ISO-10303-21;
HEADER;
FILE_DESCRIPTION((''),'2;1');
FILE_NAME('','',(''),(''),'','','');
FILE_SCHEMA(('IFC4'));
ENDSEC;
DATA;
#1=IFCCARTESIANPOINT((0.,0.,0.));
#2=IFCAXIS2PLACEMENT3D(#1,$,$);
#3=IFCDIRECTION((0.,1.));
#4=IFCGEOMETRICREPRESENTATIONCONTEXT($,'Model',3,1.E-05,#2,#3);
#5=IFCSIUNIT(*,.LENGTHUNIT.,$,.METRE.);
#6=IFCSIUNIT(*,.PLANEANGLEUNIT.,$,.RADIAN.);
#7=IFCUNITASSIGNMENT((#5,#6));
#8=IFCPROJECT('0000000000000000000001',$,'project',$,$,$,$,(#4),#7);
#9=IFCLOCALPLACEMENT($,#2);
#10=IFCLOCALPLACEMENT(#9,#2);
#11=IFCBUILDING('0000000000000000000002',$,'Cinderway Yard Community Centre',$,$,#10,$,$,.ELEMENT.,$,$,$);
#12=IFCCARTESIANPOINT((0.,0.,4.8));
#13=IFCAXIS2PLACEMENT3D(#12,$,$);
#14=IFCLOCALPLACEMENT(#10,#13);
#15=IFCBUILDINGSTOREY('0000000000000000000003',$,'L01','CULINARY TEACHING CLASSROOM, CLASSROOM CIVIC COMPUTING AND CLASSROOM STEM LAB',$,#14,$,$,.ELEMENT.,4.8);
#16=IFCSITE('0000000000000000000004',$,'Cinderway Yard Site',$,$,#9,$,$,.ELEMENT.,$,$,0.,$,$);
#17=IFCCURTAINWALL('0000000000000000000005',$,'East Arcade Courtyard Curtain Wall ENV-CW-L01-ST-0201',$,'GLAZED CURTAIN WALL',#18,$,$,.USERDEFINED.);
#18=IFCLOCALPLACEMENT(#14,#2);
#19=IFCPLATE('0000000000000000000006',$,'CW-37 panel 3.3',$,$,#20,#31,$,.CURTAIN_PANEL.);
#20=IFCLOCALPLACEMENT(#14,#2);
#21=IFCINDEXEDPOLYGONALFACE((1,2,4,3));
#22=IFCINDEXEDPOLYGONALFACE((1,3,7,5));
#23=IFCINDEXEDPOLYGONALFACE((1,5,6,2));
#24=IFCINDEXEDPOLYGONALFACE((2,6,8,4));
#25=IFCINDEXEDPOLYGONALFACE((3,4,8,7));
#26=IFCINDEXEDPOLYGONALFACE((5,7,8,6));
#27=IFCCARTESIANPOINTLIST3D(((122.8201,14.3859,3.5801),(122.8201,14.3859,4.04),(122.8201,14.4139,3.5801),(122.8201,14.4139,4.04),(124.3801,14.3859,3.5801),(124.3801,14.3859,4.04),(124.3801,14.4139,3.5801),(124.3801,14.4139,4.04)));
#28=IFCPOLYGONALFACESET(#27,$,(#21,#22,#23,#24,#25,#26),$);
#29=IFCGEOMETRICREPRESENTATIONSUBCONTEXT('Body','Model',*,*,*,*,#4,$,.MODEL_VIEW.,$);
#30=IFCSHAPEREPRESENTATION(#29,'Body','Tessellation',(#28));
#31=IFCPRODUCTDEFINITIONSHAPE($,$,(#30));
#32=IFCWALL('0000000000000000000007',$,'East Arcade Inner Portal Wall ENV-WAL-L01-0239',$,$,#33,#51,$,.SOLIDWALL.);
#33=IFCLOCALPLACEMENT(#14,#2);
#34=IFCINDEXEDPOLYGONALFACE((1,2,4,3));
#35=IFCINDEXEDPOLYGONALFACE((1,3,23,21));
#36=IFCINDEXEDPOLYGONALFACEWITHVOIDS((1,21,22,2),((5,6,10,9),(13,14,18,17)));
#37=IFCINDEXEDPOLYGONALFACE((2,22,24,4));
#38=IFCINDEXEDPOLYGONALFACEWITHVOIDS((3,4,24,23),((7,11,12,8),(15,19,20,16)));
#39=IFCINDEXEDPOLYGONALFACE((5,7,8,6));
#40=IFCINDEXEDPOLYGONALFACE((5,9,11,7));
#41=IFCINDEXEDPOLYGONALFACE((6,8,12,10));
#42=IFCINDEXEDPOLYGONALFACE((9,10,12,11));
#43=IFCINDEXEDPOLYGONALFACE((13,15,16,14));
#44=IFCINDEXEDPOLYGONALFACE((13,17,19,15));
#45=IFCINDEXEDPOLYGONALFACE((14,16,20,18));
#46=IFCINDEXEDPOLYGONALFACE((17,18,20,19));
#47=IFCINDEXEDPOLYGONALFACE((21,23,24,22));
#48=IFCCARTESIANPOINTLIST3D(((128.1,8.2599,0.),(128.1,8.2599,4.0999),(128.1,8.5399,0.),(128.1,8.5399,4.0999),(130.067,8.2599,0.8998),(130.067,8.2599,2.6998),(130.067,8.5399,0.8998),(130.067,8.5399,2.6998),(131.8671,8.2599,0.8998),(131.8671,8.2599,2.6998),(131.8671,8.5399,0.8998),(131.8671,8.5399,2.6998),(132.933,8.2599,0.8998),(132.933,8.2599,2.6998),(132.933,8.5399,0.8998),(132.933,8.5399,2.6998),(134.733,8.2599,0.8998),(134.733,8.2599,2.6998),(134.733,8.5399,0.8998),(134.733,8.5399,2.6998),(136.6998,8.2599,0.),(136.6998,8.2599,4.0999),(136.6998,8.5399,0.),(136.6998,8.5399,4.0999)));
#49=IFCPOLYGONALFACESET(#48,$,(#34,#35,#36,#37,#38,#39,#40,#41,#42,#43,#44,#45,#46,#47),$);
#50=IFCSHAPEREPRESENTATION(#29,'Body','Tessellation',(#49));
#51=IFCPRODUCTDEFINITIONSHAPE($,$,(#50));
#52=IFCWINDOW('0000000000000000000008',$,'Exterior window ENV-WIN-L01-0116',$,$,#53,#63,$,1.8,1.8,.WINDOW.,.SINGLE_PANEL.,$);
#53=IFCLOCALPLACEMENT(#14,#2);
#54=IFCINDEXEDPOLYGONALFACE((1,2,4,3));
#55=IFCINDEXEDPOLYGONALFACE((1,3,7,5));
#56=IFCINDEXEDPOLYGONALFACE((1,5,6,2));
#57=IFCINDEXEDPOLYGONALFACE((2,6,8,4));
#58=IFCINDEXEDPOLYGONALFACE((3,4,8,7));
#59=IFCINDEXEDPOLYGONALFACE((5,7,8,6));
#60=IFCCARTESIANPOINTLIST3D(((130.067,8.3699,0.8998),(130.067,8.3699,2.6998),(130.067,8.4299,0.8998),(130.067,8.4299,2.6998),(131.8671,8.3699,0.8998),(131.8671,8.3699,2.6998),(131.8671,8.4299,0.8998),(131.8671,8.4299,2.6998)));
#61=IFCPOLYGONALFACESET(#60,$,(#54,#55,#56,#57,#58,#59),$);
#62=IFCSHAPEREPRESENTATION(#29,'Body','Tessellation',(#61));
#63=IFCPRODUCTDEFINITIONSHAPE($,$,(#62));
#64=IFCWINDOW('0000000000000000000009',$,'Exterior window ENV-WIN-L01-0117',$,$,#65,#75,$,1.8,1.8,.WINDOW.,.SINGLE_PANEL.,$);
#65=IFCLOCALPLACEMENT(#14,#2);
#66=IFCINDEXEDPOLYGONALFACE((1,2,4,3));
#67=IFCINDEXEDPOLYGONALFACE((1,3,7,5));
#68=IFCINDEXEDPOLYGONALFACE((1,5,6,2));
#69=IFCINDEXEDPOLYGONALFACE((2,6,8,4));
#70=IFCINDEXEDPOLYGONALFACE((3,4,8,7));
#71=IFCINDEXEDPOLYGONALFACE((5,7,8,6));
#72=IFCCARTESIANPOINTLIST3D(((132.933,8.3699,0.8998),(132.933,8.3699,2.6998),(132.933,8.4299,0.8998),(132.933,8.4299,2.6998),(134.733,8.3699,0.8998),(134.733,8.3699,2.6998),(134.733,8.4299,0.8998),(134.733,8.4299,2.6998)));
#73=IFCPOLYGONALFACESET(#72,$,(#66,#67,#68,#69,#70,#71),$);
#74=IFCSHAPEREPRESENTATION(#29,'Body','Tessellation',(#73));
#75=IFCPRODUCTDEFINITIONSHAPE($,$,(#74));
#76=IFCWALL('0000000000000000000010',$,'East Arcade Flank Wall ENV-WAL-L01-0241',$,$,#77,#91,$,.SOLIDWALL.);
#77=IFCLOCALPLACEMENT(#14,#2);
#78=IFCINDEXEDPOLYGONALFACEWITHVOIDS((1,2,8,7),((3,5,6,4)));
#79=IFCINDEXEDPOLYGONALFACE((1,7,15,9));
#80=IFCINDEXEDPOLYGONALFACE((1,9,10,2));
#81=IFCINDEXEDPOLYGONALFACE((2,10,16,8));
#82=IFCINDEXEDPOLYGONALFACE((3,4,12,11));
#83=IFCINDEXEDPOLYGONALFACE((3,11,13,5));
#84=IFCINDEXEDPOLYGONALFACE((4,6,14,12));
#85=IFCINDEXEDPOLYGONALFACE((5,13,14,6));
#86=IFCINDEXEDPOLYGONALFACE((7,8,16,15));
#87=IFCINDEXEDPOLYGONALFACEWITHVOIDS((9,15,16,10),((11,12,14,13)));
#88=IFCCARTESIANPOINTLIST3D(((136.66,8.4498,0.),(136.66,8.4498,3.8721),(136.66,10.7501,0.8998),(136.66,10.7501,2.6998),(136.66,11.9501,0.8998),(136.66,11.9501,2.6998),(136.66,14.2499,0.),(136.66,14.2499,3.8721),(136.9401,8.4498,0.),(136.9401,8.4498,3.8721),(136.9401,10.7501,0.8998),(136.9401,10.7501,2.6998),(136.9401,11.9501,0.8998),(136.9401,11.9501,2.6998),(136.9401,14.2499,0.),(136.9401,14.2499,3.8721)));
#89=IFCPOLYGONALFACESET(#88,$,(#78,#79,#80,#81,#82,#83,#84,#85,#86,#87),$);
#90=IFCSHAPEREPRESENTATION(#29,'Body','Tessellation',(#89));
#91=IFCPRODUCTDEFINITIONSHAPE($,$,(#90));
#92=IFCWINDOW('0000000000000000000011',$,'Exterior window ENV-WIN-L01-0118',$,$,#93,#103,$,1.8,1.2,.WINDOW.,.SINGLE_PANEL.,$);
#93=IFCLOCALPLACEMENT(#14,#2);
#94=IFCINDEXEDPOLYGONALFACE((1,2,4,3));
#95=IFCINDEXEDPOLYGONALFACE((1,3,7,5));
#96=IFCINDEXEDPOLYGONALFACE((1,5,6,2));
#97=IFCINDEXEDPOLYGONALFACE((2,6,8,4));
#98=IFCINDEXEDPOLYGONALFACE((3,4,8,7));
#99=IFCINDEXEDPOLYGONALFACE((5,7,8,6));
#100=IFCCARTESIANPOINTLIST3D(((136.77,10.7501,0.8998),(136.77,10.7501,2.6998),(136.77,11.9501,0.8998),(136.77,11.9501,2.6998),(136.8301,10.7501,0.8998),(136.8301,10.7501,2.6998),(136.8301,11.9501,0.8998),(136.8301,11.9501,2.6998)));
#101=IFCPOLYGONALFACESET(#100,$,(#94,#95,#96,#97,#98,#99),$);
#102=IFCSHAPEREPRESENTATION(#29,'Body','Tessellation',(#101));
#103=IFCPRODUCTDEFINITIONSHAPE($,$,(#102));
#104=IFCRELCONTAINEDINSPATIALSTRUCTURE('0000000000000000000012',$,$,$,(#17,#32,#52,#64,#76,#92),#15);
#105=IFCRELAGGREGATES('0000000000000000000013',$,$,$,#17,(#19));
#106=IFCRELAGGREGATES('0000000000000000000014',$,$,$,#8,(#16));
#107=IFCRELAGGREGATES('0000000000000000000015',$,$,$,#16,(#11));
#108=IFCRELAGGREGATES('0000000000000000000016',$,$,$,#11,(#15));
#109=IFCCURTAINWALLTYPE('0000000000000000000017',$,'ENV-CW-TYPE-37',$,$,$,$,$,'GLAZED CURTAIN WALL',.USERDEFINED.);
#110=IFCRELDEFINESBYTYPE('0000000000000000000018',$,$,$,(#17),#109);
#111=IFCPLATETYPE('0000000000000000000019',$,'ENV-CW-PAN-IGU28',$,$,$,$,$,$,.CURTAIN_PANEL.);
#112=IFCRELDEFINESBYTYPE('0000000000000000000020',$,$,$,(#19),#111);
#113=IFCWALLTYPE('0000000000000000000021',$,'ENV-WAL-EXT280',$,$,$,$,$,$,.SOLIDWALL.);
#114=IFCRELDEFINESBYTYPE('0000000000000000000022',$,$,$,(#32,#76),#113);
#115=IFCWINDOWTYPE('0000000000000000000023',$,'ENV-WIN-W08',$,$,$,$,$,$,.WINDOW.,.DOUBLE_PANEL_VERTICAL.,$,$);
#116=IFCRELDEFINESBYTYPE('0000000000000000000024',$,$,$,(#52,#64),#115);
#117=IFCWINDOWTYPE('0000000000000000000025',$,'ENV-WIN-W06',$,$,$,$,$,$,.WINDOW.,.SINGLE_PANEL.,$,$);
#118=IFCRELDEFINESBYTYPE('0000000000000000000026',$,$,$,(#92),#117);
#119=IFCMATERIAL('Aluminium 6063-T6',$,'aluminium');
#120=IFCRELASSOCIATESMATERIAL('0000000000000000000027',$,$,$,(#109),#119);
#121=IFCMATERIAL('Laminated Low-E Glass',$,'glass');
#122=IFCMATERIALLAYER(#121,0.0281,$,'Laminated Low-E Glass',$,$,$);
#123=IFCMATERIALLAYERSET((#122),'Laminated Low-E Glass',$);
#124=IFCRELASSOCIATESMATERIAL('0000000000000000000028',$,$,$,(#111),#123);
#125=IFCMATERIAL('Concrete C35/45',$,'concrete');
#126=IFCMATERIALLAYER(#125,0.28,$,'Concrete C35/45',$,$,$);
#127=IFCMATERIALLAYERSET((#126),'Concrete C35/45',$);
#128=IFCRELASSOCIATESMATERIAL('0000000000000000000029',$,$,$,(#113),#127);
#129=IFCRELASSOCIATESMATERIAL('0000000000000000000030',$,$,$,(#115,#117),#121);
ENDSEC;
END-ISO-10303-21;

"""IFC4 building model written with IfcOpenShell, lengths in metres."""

from ifc_helpers import new_model, si_unit, direction, frame, frame_2d, origin, origin_2d, place, context, subcontext, project, spatial, rectangle, extrude, material, layer, layer_set, type_object, element, fill, aggregate, save


model = new_model("IFC4")

# Units and contexts
model_context = context("Model", 3, precision=1e-05, world=origin(), true_north=direction((0.0, 1.0)))
body_context = subcontext(model_context, "Body", "Model", "MODEL_VIEW")
ifc_project = project(units=[si_unit("LENGTHUNIT", "METRE"), si_unit("PLANEANGLEUNIT", "RADIAN")], contexts=[model_context])

# Site, building, storey
site_placement = place(None, origin())
site = spatial("IfcSite", under=ifc_project, at=site_placement, Name="Cinderway Yard Site", CompositionType="ELEMENT", RefElevation=0.0)
building_placement = place(site_placement, origin())
building = spatial("IfcBuilding", under=site, at=building_placement, Name="Cinderway Yard Community Centre", CompositionType="ELEMENT")
storey_placement = place(building_placement, frame((0.0, 0.0, 4.8)))
storey = spatial("IfcBuildingStorey", under=building, at=storey_placement, Name="L01", Description="CULINARY TEACHING CLASSROOM, CLASSROOM CIVIC COMPUTING AND CLASSROOM STEM LAB", CompositionType="ELEMENT", Elevation=4.8)

# Curtain wall
ifc_material_1 = material(Name="Aluminium 6063-T6", Category="aluminium")
curtain_wall_type = type_object("IfcCurtainWallType", Name="ENV-CW-TYPE-37", ElementType="GLAZED CURTAIN WALL", PredefinedType="USERDEFINED", material=ifc_material_1)
curtain_wall_placement = place(storey_placement, origin())
curtain_wall = element("IfcCurtainWall", 1, at=curtain_wall_placement, inside=storey, type_object=curtain_wall_type, Name="East Arcade Courtyard Curtain Wall ENV-CW-L01-ST-0201", ObjectType="GLAZED CURTAIN WALL", PredefinedType="USERDEFINED")

# Plate
ifc_material_2 = material(Name="Laminated Low-E Glass", Category="glass")
ifc_layer_1 = layer(ifc_material_2, 0.0281, Name="Laminated Low-E Glass")
ifc_layer_set_1 = layer_set([ifc_layer_1], Name="Laminated Low-E Glass")
plate_type = type_object("IfcPlateType", Name="ENV-CW-PAN-IGU28", PredefinedType="CURTAIN_PANEL", material=ifc_layer_set_1)
plate_1_placement = place(storey_placement, frame((123.6001, 14.3999, 3.5801), z_axis=(0.0, 0.0, 1.0), x_axis=(1.0, 0.0, 0.0)))
plate_1 = element("IfcPlate", 2, at=plate_1_placement, type_object=plate_type, Name="CW-37 panel 3.3", PredefinedType="CURTAIN_PANEL", context=body_context, shape_type="SweptSolid", body=[
    extrude(rectangle(XDim=1.5601, YDim=0.0281, at=origin_2d()), origin(), (0.0, 0.0, 1.0), 0.46),
])
aggregate(curtain_wall, [plate_1])

# Wall, openings, windows
ifc_material_3 = material(Name="Concrete C35/45", Category="concrete")
ifc_layer_2 = layer(ifc_material_3, 0.28, Name="Concrete C35/45")
ifc_layer_set_2 = layer_set([ifc_layer_2], Name="Concrete C35/45")
wall_type = type_object("IfcWallType", Name="ENV-WAL-EXT280", PredefinedType="SOLIDWALL", material=ifc_layer_set_2)
wall_1_placement = place(storey_placement, frame((128.1001, 8.3999, 0.0), z_axis=(0.0, 0.0, 1.0), x_axis=(1.0, 0.0, 0.0)))
wall_1 = element("IfcWall", 3, at=wall_1_placement, inside=storey, type_object=wall_type, Name="East Arcade Inner Portal Wall ENV-WAL-L01-0239", PredefinedType="SOLIDWALL", context=body_context, shape_type="SweptSolid", body=[
    extrude(rectangle(XDim=8.5999, YDim=0.28, at=frame_2d((4.2998, 0.0))), origin(), (0.0, 0.0, 1.0), 4.0999),
])
opening_1_placement = place(wall_1_placement, frame((1.967, 0.0, 0.8999)))
opening_1 = element("IfcOpeningElement", 4, at=opening_1_placement, cuts=wall_1, PredefinedType="OPENING", context=body_context, shape_type="SweptSolid", body=[
    extrude(rectangle(XDim=1.8, YDim=1.8, at=frame_2d((0.8999, 0.8999))), frame((0.0, 0.1499, 0.0), z_axis=(0.0, -1.0, 0.0), x_axis=(1.0, 0.0, 0.0)), (0.0, 0.0, 1.0), 0.3),
])
opening_2_placement = place(wall_1_placement, frame((4.833, 0.0, 0.8999)))
opening_2 = element("IfcOpeningElement", 5, at=opening_2_placement, cuts=wall_1, PredefinedType="OPENING", context=body_context, shape_type="SweptSolid", body=[
    extrude(rectangle(XDim=1.8, YDim=1.8, at=frame_2d((0.8999, 0.8999))), frame((0.0, 0.1499, 0.0), z_axis=(0.0, -1.0, 0.0), x_axis=(1.0, 0.0, 0.0)), (0.0, 0.0, 1.0), 0.3),
])
window_type_1 = type_object("IfcWindowType", Name="ENV-WIN-W08", PartitioningType="DOUBLE_PANEL_VERTICAL", PredefinedType="WINDOW", material=ifc_material_2)
window_1_placement = place(opening_1_placement, origin())
window_1 = element("IfcWindow", 6, at=window_1_placement, inside=storey, type_object=window_type_1, Name="Exterior window ENV-WIN-L01-0116", OverallHeight=1.8, OverallWidth=1.8, PartitioningType="SINGLE_PANEL", PredefinedType="WINDOW", context=body_context, shape_type="SweptSolid", body=[
    extrude(rectangle(XDim=1.8, YDim=1.8, at=frame_2d((0.8999, 0.8999))), frame((0.0, 0.03, 0.0), z_axis=(0.0, -1.0, 0.0), x_axis=(1.0, 0.0, 0.0)), (0.0, 0.0, 1.0), 0.0601),
])
fill(opening_1, window_1)
window_2_placement = place(opening_2_placement, origin())
window_2 = element("IfcWindow", 7, at=window_2_placement, inside=storey, type_object=window_type_1, Name="Exterior window ENV-WIN-L01-0117", OverallHeight=1.8, OverallWidth=1.8, PartitioningType="SINGLE_PANEL", PredefinedType="WINDOW", context=body_context, shape_type="SweptSolid", body=[
    extrude(rectangle(XDim=1.8, YDim=1.8, at=frame_2d((0.8999, 0.8999))), frame((0.0, 0.03, 0.0), z_axis=(0.0, -1.0, 0.0), x_axis=(1.0, 0.0, 0.0)), (0.0, 0.0, 1.0), 0.0601),
])
fill(opening_2, window_2)

# Wall, opening, window
wall_2_placement = place(storey_placement, frame((136.8, 8.45, 0.0), z_axis=(0.0, 0.0, 1.0), x_axis=(0.0, 1.0, 0.0)))
wall_2 = element("IfcWall", 8, at=wall_2_placement, inside=storey, type_object=wall_type, Name="East Arcade Flank Wall ENV-WAL-L01-0241", PredefinedType="SOLIDWALL", context=body_context, shape_type="SweptSolid", body=[
    extrude(rectangle(XDim=5.8, YDim=0.28, at=frame_2d((2.8999, 0.0))), origin(), (0.0, 0.0, 1.0), 3.8721),
])
opening_3_placement = place(wall_2_placement, frame((2.3, 0.0, 0.8999)))
opening_3 = element("IfcOpeningElement", 9, at=opening_3_placement, cuts=wall_2, PredefinedType="OPENING", context=body_context, shape_type="SweptSolid", body=[
    extrude(rectangle(XDim=1.2, YDim=1.8, at=frame_2d((0.6001, 0.8999))), frame((0.0, 0.1499, 0.0), z_axis=(0.0, -1.0, 0.0), x_axis=(1.0, 0.0, 0.0)), (0.0, 0.0, 1.0), 0.3),
])
window_type_2 = type_object("IfcWindowType", Name="ENV-WIN-W06", PartitioningType="SINGLE_PANEL", PredefinedType="WINDOW", material=ifc_material_2)
window_3_placement = place(opening_3_placement, origin())
window_3 = element("IfcWindow", 10, at=window_3_placement, inside=storey, type_object=window_type_2, Name="Exterior window ENV-WIN-L01-0118", OverallHeight=1.8, OverallWidth=1.2, PartitioningType="SINGLE_PANEL", PredefinedType="WINDOW", context=body_context, shape_type="SweptSolid", body=[
    extrude(rectangle(XDim=1.2, YDim=1.8, at=frame_2d((0.6001, 0.8999))), frame((0.0, 0.03, 0.0), z_axis=(0.0, -1.0, 0.0), x_axis=(1.0, 0.0, 0.0)), (0.0, 0.0, 1.0), 0.0601),
])
fill(opening_3, window_3)

save(model, "model.ifc")
